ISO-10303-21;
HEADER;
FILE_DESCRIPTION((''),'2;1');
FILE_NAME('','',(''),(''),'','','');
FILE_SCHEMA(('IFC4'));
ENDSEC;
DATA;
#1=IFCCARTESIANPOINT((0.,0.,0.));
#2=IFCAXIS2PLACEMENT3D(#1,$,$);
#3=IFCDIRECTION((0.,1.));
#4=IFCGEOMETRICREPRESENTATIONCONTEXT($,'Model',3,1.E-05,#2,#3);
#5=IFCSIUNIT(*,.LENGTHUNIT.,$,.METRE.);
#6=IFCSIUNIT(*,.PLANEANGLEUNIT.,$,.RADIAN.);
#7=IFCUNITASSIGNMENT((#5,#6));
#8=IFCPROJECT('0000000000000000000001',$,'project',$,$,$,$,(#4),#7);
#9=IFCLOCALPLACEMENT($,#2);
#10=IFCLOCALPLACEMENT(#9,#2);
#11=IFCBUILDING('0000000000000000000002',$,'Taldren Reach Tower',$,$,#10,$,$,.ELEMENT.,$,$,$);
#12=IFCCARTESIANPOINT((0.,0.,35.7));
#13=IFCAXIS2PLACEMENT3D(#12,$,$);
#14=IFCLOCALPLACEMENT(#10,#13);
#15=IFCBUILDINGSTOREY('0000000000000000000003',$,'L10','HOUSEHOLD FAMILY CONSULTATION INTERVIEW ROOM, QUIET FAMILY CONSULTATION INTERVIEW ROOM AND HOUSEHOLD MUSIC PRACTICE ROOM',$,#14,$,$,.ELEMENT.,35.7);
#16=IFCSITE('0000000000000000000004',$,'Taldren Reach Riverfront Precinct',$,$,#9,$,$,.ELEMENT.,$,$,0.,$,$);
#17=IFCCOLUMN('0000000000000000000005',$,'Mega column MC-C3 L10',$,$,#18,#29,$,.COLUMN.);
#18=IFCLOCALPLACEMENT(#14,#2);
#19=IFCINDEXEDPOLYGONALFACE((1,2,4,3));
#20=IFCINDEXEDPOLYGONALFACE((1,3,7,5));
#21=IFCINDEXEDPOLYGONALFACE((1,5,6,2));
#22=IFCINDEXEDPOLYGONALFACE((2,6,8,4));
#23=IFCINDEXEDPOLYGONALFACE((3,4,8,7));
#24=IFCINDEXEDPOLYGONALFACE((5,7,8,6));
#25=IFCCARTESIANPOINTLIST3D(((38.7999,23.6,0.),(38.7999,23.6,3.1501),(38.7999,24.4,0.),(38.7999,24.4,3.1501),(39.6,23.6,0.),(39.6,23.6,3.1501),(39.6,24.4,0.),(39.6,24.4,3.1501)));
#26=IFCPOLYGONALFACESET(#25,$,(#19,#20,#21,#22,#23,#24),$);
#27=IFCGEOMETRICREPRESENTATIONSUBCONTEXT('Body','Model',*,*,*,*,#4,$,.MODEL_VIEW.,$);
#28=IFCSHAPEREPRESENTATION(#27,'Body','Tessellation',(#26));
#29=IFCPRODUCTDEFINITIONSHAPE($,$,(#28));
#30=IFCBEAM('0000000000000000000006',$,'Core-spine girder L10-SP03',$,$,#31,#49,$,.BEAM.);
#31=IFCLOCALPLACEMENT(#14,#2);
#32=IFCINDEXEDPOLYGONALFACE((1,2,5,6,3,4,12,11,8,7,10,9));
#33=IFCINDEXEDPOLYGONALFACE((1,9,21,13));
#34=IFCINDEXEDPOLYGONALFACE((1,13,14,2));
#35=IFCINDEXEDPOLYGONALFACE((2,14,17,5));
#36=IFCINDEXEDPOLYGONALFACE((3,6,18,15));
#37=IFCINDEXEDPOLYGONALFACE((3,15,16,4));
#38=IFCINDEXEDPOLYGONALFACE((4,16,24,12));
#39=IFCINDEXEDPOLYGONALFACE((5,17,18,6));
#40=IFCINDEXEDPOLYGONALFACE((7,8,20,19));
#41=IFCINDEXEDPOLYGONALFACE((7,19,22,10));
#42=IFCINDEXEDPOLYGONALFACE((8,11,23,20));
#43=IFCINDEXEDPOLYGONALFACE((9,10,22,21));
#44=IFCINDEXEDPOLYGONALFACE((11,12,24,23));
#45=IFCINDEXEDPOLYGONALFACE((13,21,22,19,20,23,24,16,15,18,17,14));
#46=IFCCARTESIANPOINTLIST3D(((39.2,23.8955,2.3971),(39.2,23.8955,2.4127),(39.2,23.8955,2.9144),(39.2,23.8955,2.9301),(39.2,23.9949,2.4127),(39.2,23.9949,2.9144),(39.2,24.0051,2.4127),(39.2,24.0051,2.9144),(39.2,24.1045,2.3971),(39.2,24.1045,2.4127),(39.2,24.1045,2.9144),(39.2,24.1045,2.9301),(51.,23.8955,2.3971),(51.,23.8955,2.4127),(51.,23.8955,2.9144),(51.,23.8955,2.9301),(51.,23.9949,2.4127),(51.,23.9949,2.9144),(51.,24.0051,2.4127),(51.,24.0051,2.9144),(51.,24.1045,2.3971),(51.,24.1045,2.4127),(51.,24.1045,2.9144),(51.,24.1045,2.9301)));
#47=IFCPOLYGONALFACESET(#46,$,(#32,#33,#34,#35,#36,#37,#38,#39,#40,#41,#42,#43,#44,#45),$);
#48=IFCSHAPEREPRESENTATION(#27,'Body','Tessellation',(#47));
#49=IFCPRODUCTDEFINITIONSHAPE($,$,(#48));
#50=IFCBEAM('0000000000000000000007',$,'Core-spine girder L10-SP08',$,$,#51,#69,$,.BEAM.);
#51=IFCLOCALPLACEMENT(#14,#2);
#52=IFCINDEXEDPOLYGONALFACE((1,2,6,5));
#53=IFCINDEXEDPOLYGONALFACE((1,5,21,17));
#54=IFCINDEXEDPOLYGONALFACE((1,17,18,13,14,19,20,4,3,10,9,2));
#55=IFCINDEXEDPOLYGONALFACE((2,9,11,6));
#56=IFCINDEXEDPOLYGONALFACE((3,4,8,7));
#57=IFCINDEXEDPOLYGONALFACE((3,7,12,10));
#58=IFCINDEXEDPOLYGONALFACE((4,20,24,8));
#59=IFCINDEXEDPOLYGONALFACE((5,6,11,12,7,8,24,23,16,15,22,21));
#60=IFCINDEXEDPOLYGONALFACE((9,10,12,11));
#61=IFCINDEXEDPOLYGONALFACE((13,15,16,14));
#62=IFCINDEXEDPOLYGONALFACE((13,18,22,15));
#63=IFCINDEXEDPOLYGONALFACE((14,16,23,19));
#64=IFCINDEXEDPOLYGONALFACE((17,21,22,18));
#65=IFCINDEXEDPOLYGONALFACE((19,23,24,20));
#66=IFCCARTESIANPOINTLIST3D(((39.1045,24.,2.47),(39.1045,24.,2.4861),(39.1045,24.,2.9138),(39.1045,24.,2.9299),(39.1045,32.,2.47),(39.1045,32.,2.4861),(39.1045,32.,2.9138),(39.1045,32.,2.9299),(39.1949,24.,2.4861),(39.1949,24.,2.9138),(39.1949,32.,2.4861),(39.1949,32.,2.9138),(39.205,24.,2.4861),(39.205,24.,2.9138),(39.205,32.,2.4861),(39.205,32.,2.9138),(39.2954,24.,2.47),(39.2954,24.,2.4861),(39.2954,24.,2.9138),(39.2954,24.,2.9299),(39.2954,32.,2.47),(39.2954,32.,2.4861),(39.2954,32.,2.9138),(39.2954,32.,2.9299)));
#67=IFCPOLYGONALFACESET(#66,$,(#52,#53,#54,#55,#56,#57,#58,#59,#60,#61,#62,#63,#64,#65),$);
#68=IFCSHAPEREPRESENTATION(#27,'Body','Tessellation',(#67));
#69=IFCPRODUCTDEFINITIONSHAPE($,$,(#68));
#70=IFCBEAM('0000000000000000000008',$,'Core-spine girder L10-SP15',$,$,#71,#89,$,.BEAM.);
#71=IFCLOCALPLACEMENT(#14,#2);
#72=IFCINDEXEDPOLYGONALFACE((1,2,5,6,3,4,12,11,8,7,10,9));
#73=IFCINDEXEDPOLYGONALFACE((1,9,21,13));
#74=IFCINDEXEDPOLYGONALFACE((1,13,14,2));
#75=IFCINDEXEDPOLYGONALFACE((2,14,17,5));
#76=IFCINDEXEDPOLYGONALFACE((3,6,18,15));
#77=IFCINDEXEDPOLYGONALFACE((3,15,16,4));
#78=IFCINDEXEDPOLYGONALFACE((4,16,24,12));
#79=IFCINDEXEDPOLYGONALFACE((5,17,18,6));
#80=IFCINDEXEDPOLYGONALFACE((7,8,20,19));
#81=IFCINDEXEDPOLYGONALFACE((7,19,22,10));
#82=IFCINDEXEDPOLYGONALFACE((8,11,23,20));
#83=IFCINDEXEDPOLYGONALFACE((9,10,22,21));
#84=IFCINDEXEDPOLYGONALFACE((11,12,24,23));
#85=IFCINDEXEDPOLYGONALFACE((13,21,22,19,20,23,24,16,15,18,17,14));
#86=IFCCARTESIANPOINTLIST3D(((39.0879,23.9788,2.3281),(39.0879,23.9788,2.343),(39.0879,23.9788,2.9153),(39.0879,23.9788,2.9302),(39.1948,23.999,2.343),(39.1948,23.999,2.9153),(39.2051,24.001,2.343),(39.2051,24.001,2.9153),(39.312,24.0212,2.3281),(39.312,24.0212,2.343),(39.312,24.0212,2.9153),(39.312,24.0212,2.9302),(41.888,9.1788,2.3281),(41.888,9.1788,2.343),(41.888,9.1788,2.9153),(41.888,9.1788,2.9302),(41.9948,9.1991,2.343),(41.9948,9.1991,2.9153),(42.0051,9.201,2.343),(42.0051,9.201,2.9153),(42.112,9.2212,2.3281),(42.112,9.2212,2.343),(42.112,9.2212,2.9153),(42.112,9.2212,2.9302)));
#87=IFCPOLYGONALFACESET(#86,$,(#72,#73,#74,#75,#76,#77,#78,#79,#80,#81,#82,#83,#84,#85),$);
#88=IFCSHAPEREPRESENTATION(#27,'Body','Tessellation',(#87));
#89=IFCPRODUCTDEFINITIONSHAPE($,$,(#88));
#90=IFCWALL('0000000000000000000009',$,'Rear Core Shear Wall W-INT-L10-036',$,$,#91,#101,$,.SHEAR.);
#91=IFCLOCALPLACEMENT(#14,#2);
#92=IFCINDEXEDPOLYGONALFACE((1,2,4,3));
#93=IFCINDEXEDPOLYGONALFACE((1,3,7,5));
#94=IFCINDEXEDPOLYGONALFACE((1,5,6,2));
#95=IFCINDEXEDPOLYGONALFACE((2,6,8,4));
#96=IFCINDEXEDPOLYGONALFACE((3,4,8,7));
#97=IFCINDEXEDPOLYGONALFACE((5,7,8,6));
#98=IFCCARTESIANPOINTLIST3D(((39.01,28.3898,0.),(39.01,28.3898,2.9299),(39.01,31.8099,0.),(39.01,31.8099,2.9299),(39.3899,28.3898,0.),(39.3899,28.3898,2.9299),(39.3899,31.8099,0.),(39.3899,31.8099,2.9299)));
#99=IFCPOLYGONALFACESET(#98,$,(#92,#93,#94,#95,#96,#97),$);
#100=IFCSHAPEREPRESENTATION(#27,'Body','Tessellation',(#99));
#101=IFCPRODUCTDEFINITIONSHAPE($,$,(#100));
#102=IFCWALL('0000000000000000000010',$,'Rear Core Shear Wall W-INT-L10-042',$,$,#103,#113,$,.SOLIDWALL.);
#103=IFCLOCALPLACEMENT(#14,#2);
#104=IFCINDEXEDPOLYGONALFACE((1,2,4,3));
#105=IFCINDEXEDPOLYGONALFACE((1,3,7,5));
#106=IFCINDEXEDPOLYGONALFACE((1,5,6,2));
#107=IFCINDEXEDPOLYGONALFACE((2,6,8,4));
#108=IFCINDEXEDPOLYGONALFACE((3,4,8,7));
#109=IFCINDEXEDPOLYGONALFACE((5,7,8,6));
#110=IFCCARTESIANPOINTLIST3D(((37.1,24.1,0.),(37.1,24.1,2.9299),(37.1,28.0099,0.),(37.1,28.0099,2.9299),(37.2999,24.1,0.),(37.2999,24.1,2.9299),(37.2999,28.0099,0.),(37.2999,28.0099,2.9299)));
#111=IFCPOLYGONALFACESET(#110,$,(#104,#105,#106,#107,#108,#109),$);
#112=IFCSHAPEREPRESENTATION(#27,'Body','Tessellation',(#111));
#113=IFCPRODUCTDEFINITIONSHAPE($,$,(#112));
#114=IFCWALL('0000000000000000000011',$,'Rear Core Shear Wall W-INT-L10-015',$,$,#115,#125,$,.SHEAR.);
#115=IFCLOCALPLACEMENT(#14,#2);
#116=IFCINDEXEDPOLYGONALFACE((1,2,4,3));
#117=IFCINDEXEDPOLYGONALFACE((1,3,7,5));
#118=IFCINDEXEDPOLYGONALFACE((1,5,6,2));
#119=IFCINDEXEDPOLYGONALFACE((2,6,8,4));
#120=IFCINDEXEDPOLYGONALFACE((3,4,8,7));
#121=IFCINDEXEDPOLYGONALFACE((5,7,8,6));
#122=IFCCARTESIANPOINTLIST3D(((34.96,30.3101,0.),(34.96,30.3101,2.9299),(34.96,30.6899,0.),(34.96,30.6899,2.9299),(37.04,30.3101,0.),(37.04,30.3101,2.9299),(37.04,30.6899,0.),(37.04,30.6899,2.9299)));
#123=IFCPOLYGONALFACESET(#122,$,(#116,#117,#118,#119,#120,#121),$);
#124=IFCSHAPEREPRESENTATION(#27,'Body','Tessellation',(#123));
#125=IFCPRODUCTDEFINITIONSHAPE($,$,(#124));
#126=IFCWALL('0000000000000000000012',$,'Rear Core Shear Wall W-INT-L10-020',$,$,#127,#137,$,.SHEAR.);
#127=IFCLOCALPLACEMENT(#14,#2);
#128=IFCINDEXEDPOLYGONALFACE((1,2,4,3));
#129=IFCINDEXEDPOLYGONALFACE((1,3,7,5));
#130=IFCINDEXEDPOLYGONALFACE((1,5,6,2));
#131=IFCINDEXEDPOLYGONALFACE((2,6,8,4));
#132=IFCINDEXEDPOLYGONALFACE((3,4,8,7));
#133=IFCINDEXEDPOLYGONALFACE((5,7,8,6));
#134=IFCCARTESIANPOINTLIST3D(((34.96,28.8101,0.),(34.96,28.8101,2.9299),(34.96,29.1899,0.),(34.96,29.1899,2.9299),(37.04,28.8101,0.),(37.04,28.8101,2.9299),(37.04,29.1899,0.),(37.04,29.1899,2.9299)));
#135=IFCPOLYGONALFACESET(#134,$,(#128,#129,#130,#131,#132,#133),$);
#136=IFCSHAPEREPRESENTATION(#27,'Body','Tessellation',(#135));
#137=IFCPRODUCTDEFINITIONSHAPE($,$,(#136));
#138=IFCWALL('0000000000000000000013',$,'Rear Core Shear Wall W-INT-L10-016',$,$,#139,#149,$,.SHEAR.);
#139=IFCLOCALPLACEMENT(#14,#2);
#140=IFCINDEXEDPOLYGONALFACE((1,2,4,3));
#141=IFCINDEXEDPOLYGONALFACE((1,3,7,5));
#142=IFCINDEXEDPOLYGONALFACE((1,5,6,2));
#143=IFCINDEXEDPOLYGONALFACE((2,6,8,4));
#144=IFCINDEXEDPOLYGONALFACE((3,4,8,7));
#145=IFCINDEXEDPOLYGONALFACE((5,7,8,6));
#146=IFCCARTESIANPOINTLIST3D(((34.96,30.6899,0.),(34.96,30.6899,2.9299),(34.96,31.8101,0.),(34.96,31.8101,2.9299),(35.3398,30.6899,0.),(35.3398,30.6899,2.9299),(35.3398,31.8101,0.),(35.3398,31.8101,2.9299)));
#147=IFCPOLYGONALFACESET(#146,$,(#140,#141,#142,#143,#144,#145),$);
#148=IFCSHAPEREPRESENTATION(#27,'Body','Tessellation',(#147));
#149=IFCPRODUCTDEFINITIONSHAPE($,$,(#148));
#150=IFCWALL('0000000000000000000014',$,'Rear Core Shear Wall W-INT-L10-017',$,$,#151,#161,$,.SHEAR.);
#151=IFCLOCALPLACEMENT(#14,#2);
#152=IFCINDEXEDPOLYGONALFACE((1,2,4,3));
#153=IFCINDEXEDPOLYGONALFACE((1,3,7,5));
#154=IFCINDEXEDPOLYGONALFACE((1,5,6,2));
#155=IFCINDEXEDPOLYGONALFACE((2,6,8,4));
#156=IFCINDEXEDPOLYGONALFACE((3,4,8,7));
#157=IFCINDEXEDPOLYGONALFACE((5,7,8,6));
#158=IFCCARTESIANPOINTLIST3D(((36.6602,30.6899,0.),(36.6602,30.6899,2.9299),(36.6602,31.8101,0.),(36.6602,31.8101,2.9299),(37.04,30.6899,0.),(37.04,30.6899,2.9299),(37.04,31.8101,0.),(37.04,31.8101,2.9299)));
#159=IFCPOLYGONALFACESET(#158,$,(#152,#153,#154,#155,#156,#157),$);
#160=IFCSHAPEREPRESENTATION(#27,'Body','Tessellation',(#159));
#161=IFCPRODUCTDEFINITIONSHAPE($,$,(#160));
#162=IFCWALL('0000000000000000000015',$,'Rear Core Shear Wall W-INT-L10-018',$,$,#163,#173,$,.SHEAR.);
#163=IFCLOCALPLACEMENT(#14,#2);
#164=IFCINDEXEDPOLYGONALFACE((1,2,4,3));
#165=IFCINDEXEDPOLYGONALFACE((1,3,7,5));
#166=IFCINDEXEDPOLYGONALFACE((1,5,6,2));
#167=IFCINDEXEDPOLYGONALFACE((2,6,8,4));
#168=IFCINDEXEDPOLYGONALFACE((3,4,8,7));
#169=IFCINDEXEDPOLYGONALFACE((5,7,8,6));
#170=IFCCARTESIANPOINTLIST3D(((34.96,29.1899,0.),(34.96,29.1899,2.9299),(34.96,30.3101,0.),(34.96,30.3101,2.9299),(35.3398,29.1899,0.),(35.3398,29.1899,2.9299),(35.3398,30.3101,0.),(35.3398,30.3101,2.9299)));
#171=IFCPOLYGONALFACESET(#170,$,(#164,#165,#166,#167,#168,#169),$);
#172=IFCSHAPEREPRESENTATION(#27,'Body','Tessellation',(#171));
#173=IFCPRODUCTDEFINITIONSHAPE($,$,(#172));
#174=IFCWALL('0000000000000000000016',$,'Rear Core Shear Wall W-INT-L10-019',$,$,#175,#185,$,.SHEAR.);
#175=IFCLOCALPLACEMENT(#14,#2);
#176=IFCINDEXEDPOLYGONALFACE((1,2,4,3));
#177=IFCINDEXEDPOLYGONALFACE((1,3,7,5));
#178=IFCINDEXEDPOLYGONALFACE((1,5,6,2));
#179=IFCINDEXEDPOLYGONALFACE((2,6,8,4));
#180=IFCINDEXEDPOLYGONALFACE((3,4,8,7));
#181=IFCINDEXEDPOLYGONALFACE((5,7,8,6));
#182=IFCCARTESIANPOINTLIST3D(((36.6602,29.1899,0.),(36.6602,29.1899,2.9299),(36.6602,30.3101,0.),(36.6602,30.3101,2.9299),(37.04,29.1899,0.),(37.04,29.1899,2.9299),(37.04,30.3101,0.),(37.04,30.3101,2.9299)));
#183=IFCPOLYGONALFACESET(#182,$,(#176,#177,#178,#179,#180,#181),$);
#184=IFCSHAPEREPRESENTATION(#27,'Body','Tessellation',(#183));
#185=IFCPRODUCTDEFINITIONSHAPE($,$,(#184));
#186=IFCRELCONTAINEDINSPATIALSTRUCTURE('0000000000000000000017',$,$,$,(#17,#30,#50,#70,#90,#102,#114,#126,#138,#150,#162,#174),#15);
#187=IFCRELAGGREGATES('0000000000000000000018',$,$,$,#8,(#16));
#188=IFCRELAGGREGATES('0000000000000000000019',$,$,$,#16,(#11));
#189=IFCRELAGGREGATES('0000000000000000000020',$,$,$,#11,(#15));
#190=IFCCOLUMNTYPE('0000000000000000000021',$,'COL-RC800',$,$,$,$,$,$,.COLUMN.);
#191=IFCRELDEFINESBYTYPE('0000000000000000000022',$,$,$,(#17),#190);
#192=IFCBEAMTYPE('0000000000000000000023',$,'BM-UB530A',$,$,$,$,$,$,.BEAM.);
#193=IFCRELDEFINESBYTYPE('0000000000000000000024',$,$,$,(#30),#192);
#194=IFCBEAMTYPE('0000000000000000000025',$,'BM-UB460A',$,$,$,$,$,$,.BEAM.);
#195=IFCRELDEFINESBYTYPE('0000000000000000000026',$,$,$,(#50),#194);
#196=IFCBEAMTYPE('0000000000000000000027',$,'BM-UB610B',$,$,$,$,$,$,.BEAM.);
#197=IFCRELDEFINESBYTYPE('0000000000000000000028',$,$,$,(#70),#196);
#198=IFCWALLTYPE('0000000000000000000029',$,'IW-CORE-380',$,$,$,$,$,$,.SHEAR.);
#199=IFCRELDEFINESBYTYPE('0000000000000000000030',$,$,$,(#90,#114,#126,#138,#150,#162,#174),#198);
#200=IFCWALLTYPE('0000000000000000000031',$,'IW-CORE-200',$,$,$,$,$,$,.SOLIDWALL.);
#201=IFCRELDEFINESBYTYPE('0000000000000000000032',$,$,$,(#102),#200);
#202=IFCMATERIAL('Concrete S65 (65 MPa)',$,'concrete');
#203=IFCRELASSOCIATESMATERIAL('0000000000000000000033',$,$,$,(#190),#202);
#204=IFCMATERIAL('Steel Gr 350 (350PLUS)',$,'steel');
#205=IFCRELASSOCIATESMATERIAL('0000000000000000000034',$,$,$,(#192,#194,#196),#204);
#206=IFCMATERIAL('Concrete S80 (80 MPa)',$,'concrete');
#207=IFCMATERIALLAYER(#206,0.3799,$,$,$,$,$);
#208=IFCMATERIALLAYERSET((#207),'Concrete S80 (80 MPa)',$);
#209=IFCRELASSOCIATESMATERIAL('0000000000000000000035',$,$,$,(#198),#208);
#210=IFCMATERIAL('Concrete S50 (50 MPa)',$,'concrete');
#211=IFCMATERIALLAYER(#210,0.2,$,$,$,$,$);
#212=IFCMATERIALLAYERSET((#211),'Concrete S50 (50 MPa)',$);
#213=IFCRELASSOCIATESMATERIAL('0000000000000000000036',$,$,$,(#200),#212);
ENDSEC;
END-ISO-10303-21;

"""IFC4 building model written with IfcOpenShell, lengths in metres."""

from ifc_helpers import new_model, si_unit, direction, frame, frame_2d, origin, origin_2d, place, context, subcontext, project, spatial, rectangle, i_section, extrude, source, transform, mapped, material, layer, layer_set, material_profile, profile_set, type_object, element, save


model = new_model("IFC4")

# Units and contexts
model_context = context("Model", 3, precision=1e-05, world=origin(), true_north=direction((0.0, 1.0)))
body_context = subcontext(model_context, "Body", "Model", "MODEL_VIEW")
ifc_project = project(units=[si_unit("LENGTHUNIT", "METRE"), si_unit("PLANEANGLEUNIT", "RADIAN")], contexts=[model_context])

# Site, building, storey
site_placement = place(None, origin())
site = spatial("IfcSite", under=ifc_project, at=site_placement, Name="Taldren Reach Riverfront Precinct", CompositionType="ELEMENT", RefElevation=0.0)
building_placement = place(site_placement, origin())
building = spatial("IfcBuilding", under=site, at=building_placement, Name="Taldren Reach Tower", CompositionType="ELEMENT")
storey_placement = place(building_placement, frame((0.0, 0.0, 35.7)))
storey = spatial("IfcBuildingStorey", under=building, at=storey_placement, Name="L10", Description="HOUSEHOLD FAMILY CONSULTATION INTERVIEW ROOM, QUIET FAMILY CONSULTATION INTERVIEW ROOM AND HOUSEHOLD MUSIC PRACTICE ROOM", CompositionType="ELEMENT", Elevation=35.7)

# Column
ifc_material_1 = material(Name="Concrete S65 (65 MPa)", Category="concrete")
ifc_material_profile_1 = material_profile(ifc_material_1, rectangle(XDim=0.8, YDim=0.8, at=origin_2d()), Name="RC-800x800")
ifc_profile_set_1 = profile_set([ifc_material_profile_1], Name="Concrete S65 (65 MPa)")
column_type = type_object("IfcColumnType", Name="COL-RC800", PredefinedType="COLUMN", material=ifc_profile_set_1)
shared_shape_1 = source(origin(), body_context, "Body", "SweptSolid", [
    extrude(rectangle(XDim=0.8, YDim=0.8, at=origin_2d()), origin(), (0.0, 0.0, 1.0), 3.1501),
])
column_placement = place(storey_placement, frame((39.2, 24.0, 0.0), z_axis=(0.0, 0.0, 1.0), x_axis=(1.0, 0.0, 0.0)))
element("IfcColumn", 1, at=column_placement, inside=storey, type_object=column_type, Name="Mega column MC-C3 L10", PredefinedType="COLUMN", context=body_context, shape_type="MappedRepresentation", body=[
    mapped(shared_shape_1, transform((0.0, 0.0, 0.0), scale=1.0)),
])

# Beams
ifc_material_2 = material(Name="Steel Gr 350 (350PLUS)", Category="steel")
ifc_material_profile_2 = material_profile(ifc_material_2, i_section(OverallWidth=0.209, OverallDepth=0.533, WebThickness=0.0103, FlangeThickness=0.0156, at=origin_2d()), Name="530UB92.4")
ifc_profile_set_2 = profile_set([ifc_material_profile_2], Name="Steel Gr 350 (350PLUS)")
beam_type_1 = type_object("IfcBeamType", Name="BM-UB530A", PredefinedType="BEAM", material=ifc_profile_set_2)
shared_shape_2 = source(origin(), body_context, "Body", "SweptSolid", [
    extrude(i_section(OverallWidth=0.209, OverallDepth=0.533, WebThickness=0.0103, FlangeThickness=0.0156, at=origin_2d()), origin(), (0.0, 0.0, 1.0), 11.8),
])
beam_1_placement = place(storey_placement, frame((39.2, 24.0, 2.6636), z_axis=(1.0, 0.0, 0.0), x_axis=(0.0, 1.0, 0.0)))
element("IfcBeam", 2, at=beam_1_placement, inside=storey, type_object=beam_type_1, Name="Core-spine girder L10-SP03", PredefinedType="BEAM", context=body_context, shape_type="MappedRepresentation", body=[
    mapped(shared_shape_2, transform((0.0, 0.0, 0.0), scale=1.0)),
])
ifc_material_profile_3 = material_profile(ifc_material_2, i_section(OverallWidth=0.1909, OverallDepth=0.46, WebThickness=0.01, FlangeThickness=0.0161, at=origin_2d()), Name="460UB82.1")
ifc_profile_set_3 = profile_set([ifc_material_profile_3], Name="Steel Gr 350 (350PLUS)")
beam_type_2 = type_object("IfcBeamType", Name="BM-UB460A", PredefinedType="BEAM", material=ifc_profile_set_3)
shared_shape_3 = source(origin(), body_context, "Body", "SweptSolid", [
    extrude(i_section(OverallWidth=0.1909, OverallDepth=0.46, WebThickness=0.01, FlangeThickness=0.0161, at=origin_2d()), origin(), (0.0, 0.0, 1.0), 8.0),
])
beam_2_placement = place(storey_placement, frame((39.2, 24.0, 2.7), z_axis=(0.0, 1.0, 0.0), x_axis=(-1.0, 0.0, 0.0)))
element("IfcBeam", 3, at=beam_2_placement, inside=storey, type_object=beam_type_2, Name="Core-spine girder L10-SP08", PredefinedType="BEAM", context=body_context, shape_type="MappedRepresentation", body=[
    mapped(shared_shape_3, transform((0.0, 0.0, 0.0), scale=1.0)),
])
ifc_material_profile_4 = material_profile(ifc_material_2, i_section(OverallWidth=0.228, OverallDepth=0.6021, WebThickness=0.0105, FlangeThickness=0.0149, at=origin_2d()), Name="610UB101")
ifc_profile_set_4 = profile_set([ifc_material_profile_4], Name="Steel Gr 350 (350PLUS)")
beam_type_3 = type_object("IfcBeamType", Name="BM-UB610B", PredefinedType="BEAM", material=ifc_profile_set_4)
shared_shape_4 = source(origin(), body_context, "Body", "SweptSolid", [
    extrude(i_section(OverallWidth=0.228, OverallDepth=0.6021, WebThickness=0.0105, FlangeThickness=0.0149, at=origin_2d()), origin(), (0.0, 0.0, 1.0), 15.0625),
])
beam_3_placement = place(storey_placement, frame((39.2, 24.0, 2.6292), z_axis=(0.185894, -0.98257, 0.0), x_axis=(0.98257, 0.185894, 0.0)))
element("IfcBeam", 4, at=beam_3_placement, inside=storey, type_object=beam_type_3, Name="Core-spine girder L10-SP15", PredefinedType="BEAM", context=body_context, shape_type="MappedRepresentation", body=[
    mapped(shared_shape_4, transform((0.0, 0.0, 0.0), scale=1.0)),
])

# Walls
ifc_material_3 = material(Name="Concrete S80 (80 MPa)", Category="concrete")
ifc_layer_1 = layer(ifc_material_3, 0.3799)
ifc_layer_set_1 = layer_set([ifc_layer_1], Name="Concrete S80 (80 MPa)")
wall_type_1 = type_object("IfcWallType", Name="IW-CORE-380", PredefinedType="SHEAR", material=ifc_layer_set_1)
shared_shape_5 = source(origin(), body_context, "Body", "SweptSolid", [
    extrude(rectangle(XDim=3.4202, YDim=0.3799, at=frame_2d((1.71, 0.0))), origin(), (0.0, 0.0, 1.0), 2.9299),
])
wall_1_placement = place(storey_placement, frame((39.2, 28.3899, 0.0), z_axis=(0.0, 0.0, 1.0), x_axis=(0.0, 1.0, 0.0)))
element("IfcWall", 5, at=wall_1_placement, inside=storey, type_object=wall_type_1, Name="Rear Core Shear Wall W-INT-L10-036", PredefinedType="SHEAR", context=body_context, shape_type="MappedRepresentation", body=[
    mapped(shared_shape_5, transform((0.0, 0.0, 0.0), scale=1.0)),
])
ifc_material_4 = material(Name="Concrete S50 (50 MPa)", Category="concrete")
ifc_layer_2 = layer(ifc_material_4, 0.2)
ifc_layer_set_2 = layer_set([ifc_layer_2], Name="Concrete S50 (50 MPa)")
wall_type_2 = type_object("IfcWallType", Name="IW-CORE-200", PredefinedType="SOLIDWALL", material=ifc_layer_set_2)
shared_shape_6 = source(origin(), body_context, "Body", "SweptSolid", [
    extrude(rectangle(XDim=3.9099, YDim=0.2, at=frame_2d((1.9551, 0.0))), origin(), (0.0, 0.0, 1.0), 2.9299),
])
wall_2_placement = place(storey_placement, frame((37.2, 28.01, 0.0), z_axis=(0.0, 0.0, 1.0), x_axis=(0.0, -1.0, 0.0)))
element("IfcWall", 6, at=wall_2_placement, inside=storey, type_object=wall_type_2, Name="Rear Core Shear Wall W-INT-L10-042", PredefinedType="SOLIDWALL", context=body_context, shape_type="MappedRepresentation", body=[
    mapped(shared_shape_6, transform((0.0, 0.0, 0.0), scale=1.0)),
])
shared_shape_7 = source(origin(), body_context, "Body", "SweptSolid", [
    extrude(rectangle(XDim=2.0801, YDim=0.3799, at=frame_2d((1.04, 0.0))), origin(), (0.0, 0.0, 1.0), 2.9299),
])
for number, where, z_axis, x_axis, name in (
    (7, (34.96, 30.5, 0.0), (0.0, 0.0, 1.0), (1.0, 0.0, 0.0), "Rear Core Shear Wall W-INT-L10-015"),
    (8, (34.96, 29.0, 0.0), (0.0, 0.0, 1.0), (1.0, 0.0, 0.0), "Rear Core Shear Wall W-INT-L10-020"),
):
    element("IfcWall", number, at=place(storey_placement, frame(where, z_axis=z_axis, x_axis=x_axis)), inside=storey, type_object=wall_type_1, Name=name, PredefinedType="SHEAR", context=body_context, shape_type="MappedRepresentation", body=[
        mapped(shared_shape_7, transform((0.0, 0.0, 0.0), scale=1.0)),
    ])
shared_shape_8 = source(origin(), body_context, "Body", "SweptSolid", [
    extrude(rectangle(XDim=1.1201, YDim=0.3799, at=frame_2d((0.5601, 0.0))), origin(), (0.0, 0.0, 1.0), 2.9299),
])
for number, where, z_axis, x_axis, name in (
    (9, (35.1499, 31.8101, 0.0), (0.0, 0.0, 1.0), (0.0, -1.0, 0.0), "Rear Core Shear Wall W-INT-L10-016"),
    (10, (36.8501, 30.6899, 0.0), (0.0, 0.0, 1.0), (0.0, 1.0, 0.0), "Rear Core Shear Wall W-INT-L10-017"),
    (11, (35.1499, 30.3101, 0.0), (0.0, 0.0, 1.0), (0.0, -1.0, 0.0), "Rear Core Shear Wall W-INT-L10-018"),
    (12, (36.8501, 29.1899, 0.0), (0.0, 0.0, 1.0), (0.0, 1.0, 0.0), "Rear Core Shear Wall W-INT-L10-019"),
):
    element("IfcWall", number, at=place(storey_placement, frame(where, z_axis=z_axis, x_axis=x_axis)), inside=storey, type_object=wall_type_1, Name=name, PredefinedType="SHEAR", context=body_context, shape_type="MappedRepresentation", body=[
        mapped(shared_shape_8, transform((0.0, 0.0, 0.0), scale=1.0)),
    ])

save(model, "model.ifc")
